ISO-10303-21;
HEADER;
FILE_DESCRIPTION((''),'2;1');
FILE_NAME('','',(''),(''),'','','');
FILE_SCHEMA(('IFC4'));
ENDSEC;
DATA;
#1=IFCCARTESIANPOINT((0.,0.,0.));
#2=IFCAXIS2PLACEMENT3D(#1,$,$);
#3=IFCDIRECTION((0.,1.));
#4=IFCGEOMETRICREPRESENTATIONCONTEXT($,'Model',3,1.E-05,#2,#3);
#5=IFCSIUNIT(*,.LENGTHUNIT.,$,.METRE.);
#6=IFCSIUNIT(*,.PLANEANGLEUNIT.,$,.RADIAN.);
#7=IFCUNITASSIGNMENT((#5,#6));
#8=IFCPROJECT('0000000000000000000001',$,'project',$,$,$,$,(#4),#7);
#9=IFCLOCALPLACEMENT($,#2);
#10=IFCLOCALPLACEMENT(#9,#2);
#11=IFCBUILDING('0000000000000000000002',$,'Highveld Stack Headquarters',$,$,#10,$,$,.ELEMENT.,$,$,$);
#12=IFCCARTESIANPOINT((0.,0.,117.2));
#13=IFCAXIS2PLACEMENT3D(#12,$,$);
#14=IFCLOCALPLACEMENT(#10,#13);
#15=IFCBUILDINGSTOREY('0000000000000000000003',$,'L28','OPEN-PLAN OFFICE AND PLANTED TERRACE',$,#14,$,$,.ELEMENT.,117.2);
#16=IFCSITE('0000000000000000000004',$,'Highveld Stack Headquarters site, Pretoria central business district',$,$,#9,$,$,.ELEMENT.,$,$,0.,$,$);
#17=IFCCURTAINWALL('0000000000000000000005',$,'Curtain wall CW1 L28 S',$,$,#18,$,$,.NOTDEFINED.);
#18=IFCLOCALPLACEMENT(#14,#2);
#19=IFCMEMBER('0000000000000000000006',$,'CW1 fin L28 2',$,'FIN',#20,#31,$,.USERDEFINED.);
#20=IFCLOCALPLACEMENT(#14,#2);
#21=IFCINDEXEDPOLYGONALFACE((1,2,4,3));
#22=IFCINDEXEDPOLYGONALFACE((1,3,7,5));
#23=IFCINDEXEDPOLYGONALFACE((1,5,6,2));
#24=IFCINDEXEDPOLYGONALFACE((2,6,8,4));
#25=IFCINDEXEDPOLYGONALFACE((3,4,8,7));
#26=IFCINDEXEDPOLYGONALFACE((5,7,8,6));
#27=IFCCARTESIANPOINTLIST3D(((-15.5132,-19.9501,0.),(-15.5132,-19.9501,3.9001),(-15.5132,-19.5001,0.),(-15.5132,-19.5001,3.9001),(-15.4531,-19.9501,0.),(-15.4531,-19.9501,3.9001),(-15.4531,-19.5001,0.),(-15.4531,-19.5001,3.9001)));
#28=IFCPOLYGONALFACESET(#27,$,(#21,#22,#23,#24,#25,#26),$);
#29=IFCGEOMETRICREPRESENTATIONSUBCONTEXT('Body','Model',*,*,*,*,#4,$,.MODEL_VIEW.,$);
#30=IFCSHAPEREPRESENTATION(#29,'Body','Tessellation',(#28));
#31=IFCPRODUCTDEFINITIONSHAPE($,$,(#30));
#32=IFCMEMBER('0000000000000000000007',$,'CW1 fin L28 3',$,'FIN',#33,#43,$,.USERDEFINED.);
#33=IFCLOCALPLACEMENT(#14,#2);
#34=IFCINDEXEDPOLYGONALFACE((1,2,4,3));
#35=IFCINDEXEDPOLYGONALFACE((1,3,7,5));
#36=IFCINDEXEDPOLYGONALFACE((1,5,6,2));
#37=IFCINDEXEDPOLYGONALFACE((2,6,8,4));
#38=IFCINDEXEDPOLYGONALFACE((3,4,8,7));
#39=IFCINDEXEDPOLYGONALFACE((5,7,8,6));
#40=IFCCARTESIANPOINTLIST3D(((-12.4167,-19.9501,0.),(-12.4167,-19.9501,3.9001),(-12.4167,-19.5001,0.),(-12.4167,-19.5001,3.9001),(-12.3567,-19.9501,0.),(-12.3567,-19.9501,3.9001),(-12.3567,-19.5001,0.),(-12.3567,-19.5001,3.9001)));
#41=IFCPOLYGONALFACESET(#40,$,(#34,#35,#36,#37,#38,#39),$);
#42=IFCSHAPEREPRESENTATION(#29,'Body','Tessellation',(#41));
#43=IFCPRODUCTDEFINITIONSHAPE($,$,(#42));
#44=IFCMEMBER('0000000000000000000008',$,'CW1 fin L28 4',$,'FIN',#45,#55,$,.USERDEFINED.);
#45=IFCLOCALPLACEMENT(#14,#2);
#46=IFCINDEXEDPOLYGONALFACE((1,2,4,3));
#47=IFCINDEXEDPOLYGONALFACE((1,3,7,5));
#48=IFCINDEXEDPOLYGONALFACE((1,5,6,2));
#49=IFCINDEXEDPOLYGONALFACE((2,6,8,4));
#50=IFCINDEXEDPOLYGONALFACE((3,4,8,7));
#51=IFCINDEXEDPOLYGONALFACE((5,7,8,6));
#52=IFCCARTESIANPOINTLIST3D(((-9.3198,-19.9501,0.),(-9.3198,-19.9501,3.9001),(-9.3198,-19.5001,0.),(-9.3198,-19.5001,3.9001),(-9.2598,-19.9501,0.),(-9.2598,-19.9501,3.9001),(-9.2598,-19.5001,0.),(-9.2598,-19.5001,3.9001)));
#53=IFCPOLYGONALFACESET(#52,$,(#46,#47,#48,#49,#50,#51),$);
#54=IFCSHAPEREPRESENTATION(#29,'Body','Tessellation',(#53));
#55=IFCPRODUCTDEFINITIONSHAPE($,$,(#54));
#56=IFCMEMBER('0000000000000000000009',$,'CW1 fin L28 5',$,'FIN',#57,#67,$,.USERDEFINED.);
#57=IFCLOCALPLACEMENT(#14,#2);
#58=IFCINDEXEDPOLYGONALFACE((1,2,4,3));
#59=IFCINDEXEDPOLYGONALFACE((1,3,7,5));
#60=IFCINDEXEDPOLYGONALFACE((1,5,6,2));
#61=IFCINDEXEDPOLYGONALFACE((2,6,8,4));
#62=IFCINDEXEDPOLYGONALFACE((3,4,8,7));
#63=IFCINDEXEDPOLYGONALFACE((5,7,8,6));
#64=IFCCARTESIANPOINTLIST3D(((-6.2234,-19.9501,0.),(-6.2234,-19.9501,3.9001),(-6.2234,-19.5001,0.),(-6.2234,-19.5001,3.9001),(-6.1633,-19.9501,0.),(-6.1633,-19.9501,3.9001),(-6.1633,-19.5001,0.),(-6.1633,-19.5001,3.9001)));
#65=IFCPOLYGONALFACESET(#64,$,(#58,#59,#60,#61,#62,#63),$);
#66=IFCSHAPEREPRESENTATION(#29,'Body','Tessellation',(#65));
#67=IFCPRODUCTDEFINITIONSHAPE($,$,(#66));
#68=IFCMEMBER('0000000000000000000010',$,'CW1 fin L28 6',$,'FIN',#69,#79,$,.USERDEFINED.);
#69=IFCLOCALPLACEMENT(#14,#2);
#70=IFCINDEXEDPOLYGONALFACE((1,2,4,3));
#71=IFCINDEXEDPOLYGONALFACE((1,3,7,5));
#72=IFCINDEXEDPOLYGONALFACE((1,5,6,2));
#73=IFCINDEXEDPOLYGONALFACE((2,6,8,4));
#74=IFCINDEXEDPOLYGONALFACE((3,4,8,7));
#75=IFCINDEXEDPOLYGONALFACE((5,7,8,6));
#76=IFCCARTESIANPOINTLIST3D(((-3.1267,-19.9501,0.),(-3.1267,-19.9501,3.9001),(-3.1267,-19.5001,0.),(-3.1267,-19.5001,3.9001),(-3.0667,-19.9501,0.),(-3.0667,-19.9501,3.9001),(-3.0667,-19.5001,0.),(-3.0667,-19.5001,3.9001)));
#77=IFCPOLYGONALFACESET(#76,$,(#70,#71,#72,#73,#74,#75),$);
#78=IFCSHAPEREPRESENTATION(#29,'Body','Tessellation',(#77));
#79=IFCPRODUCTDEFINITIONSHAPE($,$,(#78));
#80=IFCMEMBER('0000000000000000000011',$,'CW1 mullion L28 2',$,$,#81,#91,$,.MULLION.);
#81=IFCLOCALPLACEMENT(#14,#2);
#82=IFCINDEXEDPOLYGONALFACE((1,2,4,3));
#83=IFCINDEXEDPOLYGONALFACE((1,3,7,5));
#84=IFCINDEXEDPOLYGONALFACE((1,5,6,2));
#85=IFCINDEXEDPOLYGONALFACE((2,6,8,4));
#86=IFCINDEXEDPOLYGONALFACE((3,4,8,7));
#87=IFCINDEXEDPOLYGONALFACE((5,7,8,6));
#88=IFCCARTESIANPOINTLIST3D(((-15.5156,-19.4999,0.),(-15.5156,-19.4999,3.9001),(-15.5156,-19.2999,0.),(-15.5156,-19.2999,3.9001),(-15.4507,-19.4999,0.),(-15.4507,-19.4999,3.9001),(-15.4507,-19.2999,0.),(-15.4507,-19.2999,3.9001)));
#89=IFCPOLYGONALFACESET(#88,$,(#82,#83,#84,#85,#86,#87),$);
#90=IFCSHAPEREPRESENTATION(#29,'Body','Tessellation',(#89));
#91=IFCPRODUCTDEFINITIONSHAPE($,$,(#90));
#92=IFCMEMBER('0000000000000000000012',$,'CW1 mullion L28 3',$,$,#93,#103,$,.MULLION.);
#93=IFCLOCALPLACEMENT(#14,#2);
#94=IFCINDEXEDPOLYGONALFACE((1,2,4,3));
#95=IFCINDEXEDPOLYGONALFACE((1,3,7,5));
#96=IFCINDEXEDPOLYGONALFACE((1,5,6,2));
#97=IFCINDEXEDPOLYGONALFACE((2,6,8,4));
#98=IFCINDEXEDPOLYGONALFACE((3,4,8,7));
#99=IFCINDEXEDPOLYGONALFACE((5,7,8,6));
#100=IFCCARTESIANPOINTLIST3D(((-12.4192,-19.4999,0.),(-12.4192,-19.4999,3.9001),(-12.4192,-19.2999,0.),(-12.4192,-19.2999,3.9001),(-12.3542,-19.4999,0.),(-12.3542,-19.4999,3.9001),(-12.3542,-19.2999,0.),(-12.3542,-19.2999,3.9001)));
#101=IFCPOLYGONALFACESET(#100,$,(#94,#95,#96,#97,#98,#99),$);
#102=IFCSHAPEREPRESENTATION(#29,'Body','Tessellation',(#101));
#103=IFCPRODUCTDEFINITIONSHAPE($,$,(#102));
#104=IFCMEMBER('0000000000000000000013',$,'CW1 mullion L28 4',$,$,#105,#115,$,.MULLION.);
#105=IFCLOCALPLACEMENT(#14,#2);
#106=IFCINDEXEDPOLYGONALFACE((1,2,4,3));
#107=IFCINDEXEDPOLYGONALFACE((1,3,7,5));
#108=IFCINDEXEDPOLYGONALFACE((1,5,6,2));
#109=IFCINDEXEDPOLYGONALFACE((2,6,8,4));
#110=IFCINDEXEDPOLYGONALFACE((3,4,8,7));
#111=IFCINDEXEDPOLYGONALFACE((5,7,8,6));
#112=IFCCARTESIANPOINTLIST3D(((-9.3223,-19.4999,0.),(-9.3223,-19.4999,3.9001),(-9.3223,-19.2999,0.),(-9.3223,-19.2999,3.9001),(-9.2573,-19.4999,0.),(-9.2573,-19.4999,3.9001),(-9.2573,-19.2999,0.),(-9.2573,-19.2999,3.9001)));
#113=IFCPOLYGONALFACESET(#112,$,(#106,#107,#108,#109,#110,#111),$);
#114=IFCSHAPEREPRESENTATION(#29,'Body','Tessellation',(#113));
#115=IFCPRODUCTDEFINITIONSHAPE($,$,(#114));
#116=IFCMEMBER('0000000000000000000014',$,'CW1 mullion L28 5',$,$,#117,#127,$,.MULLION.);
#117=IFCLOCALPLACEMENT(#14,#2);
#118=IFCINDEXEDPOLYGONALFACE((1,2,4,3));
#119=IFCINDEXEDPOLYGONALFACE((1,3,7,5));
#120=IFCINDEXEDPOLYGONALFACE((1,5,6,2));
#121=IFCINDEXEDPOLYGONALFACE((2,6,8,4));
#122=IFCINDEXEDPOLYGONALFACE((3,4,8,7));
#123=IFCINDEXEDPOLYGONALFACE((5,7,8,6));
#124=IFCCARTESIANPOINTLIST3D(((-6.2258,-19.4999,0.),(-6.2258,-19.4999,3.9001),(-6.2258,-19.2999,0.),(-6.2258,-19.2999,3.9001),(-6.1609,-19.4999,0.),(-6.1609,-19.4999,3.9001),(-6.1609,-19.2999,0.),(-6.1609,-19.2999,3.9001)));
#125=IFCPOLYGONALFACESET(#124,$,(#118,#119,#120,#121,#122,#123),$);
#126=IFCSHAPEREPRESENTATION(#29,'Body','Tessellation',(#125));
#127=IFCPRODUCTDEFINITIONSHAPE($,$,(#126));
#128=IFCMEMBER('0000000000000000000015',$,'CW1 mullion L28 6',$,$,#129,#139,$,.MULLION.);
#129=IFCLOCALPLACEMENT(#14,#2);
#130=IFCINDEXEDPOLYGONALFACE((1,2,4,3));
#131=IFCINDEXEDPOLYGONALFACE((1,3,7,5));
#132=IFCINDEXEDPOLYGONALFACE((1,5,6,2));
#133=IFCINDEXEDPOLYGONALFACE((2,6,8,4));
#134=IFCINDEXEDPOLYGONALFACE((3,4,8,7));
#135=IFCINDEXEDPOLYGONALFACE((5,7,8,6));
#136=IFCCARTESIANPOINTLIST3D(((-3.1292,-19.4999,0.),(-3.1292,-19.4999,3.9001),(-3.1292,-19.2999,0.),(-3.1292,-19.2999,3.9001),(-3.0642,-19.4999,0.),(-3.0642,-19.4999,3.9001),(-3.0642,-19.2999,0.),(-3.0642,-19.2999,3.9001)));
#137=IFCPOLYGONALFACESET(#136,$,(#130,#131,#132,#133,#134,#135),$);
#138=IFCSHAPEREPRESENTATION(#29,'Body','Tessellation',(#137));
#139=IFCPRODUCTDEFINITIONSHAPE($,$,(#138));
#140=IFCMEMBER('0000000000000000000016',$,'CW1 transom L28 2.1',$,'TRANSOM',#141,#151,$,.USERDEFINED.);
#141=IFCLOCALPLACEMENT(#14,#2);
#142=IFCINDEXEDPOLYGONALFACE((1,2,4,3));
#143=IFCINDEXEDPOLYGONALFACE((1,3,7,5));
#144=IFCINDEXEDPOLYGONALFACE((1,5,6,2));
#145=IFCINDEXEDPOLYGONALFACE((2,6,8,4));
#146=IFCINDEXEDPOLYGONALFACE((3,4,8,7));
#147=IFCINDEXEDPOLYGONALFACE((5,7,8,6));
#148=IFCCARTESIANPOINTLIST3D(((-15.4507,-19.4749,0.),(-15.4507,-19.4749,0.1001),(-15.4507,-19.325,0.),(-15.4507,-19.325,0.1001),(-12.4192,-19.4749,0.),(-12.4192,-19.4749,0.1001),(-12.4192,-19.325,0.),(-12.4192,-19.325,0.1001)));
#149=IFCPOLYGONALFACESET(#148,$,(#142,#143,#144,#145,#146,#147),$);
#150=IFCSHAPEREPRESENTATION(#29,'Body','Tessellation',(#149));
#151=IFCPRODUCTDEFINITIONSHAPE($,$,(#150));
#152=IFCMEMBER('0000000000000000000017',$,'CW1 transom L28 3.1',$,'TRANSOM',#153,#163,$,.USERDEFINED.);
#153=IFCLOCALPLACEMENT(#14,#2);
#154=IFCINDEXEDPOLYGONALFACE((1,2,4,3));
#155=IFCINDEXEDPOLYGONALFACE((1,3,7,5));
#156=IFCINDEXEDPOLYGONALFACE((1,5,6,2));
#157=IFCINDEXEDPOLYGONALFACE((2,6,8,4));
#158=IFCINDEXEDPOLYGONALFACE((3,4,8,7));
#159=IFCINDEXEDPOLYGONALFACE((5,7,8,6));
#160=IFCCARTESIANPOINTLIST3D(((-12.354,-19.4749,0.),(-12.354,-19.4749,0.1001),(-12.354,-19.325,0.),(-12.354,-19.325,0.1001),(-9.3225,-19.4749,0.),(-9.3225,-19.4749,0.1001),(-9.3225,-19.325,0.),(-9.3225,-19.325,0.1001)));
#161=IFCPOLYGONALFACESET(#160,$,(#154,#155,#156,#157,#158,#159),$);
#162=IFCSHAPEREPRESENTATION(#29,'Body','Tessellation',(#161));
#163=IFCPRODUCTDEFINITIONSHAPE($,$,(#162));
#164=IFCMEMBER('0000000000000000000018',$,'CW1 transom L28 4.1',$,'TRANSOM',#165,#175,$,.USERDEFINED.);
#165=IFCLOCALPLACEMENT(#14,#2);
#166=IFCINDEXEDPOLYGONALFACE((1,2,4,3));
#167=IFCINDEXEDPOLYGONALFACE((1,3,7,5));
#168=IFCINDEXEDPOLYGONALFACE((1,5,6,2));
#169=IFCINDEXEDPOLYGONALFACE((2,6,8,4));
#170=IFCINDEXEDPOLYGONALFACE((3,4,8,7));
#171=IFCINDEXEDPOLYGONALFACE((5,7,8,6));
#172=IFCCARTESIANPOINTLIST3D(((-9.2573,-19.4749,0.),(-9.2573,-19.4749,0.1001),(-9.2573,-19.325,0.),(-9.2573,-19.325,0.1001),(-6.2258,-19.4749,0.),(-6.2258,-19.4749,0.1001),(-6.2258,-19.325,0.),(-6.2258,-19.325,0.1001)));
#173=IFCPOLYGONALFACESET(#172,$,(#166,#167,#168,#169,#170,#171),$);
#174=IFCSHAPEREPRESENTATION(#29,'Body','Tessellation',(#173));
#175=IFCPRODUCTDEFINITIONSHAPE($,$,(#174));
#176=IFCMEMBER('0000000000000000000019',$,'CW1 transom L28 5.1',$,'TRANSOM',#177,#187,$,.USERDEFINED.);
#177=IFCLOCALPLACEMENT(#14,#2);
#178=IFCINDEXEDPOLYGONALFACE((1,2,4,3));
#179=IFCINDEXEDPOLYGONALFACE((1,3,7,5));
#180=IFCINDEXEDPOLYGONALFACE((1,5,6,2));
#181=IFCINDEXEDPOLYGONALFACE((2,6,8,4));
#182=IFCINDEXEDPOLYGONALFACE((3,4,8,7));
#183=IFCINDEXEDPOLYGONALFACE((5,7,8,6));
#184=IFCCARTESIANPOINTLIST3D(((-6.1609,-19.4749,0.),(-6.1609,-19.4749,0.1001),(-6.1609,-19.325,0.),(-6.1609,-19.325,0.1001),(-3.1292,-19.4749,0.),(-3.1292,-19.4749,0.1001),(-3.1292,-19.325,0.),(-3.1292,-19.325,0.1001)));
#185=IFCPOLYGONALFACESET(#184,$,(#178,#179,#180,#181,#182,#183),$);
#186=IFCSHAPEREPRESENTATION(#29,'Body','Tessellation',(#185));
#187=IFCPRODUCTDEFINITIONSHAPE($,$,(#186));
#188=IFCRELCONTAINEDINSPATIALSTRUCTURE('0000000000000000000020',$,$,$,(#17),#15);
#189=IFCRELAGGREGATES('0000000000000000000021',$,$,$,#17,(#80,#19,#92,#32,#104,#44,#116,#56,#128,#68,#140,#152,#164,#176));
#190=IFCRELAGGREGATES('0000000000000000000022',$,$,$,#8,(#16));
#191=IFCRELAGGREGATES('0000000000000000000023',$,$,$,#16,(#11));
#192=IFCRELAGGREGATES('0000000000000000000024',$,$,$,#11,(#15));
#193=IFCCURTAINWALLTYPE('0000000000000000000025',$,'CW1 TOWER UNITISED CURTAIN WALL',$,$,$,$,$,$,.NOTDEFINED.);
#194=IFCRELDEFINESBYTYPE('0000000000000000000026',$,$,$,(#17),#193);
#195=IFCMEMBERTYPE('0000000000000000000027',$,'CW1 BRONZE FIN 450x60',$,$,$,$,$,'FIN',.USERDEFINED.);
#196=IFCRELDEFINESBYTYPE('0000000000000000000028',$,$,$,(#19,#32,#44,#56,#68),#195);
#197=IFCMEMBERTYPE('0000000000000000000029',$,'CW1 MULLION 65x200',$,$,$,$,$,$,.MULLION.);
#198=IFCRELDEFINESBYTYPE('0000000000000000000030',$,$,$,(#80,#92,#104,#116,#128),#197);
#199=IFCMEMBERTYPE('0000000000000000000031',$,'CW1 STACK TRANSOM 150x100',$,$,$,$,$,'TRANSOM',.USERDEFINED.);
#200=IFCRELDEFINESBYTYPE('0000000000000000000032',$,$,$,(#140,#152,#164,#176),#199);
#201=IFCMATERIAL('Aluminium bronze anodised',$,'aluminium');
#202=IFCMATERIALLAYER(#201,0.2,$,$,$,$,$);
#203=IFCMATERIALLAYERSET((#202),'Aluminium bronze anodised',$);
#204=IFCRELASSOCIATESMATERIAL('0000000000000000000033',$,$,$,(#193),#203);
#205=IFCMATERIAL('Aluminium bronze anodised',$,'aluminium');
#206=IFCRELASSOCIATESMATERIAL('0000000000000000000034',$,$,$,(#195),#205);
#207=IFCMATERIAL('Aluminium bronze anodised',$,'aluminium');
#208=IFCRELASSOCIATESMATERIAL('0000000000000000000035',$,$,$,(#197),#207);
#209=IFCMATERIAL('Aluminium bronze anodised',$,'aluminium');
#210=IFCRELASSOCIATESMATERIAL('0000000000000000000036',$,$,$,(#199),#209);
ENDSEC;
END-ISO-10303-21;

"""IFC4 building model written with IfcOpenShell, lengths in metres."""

from ifc_helpers import new_model, si_unit, direction, frame, origin, origin_2d, place, context, subcontext, project, spatial, rectangle, extrude, material, layer, layer_set, material_profile, profile_set, type_object, element, aggregate, save


model = new_model("IFC4")

# Units and contexts
model_context = context("Model", 3, precision=1e-05, world=origin(), true_north=direction((0.0, 1.0)))
body_context = subcontext(model_context, "Body", "Model", "MODEL_VIEW")
ifc_project = project(units=[si_unit("LENGTHUNIT", "METRE"), si_unit("PLANEANGLEUNIT", "RADIAN")], contexts=[model_context])

# Site, building, storey
site_placement = place(None, origin())
site = spatial("IfcSite", under=ifc_project, at=site_placement, Name="Highveld Stack Headquarters site, Pretoria central business district", CompositionType="ELEMENT", RefElevation=0.0)
building_placement = place(site_placement, origin())
building = spatial("IfcBuilding", under=site, at=building_placement, Name="Highveld Stack Headquarters", CompositionType="ELEMENT")
storey_placement = place(building_placement, frame((0.0, 0.0, 117.2)))
storey = spatial("IfcBuildingStorey", under=building, at=storey_placement, Name="L28", Description="OPEN-PLAN OFFICE AND PLANTED TERRACE", CompositionType="ELEMENT", Elevation=117.2)

# Curtain wall, members
ifc_material_1 = material(Name="Aluminium bronze anodised", Category="aluminium")
ifc_layer_1 = layer(ifc_material_1, 0.2)
ifc_layer_set_1 = layer_set([ifc_layer_1], Name="Aluminium bronze anodised")
curtain_wall_type = type_object("IfcCurtainWallType", Name="CW1 TOWER UNITISED CURTAIN WALL", PredefinedType="NOTDEFINED", material=ifc_layer_set_1)
curtain_wall_placement = place(storey_placement, origin())
curtain_wall = element("IfcCurtainWall", 1, at=curtain_wall_placement, inside=storey, type_object=curtain_wall_type, Name="Curtain wall CW1 L28 S", PredefinedType="NOTDEFINED")
ifc_material_2 = material(Name="Aluminium bronze anodised", Category="aluminium")
ifc_material_profile_1 = material_profile(ifc_material_2, rectangle(XDim=0.45, YDim=0.0601, at=origin_2d()), Name="FIN 450x60")
ifc_profile_set_1 = profile_set([ifc_material_profile_1], Name="Aluminium bronze anodised")
member_type_1 = type_object("IfcMemberType", Name="CW1 BRONZE FIN 450x60", ElementType="FIN", PredefinedType="USERDEFINED", material=ifc_profile_set_1)
member_1_placement = place(storey_placement, frame((-15.4832, -19.7251, 0.0), z_axis=(0.0, 0.0, 1.0), x_axis=(0.0, 1.0, 0.0)))
member_1 = element("IfcMember", 2, at=member_1_placement, type_object=member_type_1, Name="CW1 fin L28 2", ObjectType="FIN", PredefinedType="USERDEFINED", context=body_context, shape_type="SweptSolid", body=[
    extrude(rectangle(XDim=0.45, YDim=0.0601, at=origin_2d()), origin(), (0.0, 0.0, 1.0), 3.9001),
])
member_2_placement = place(storey_placement, frame((-12.3867, -19.7251, 0.0), z_axis=(0.0, 0.0, 1.0), x_axis=(0.0, 1.0, 0.0)))
member_2 = element("IfcMember", 3, at=member_2_placement, type_object=member_type_1, Name="CW1 fin L28 3", ObjectType="FIN", PredefinedType="USERDEFINED", context=body_context, shape_type="SweptSolid", body=[
    extrude(rectangle(XDim=0.45, YDim=0.0601, at=origin_2d()), origin(), (0.0, 0.0, 1.0), 3.9001),
])
member_3_placement = place(storey_placement, frame((-9.2898, -19.7251, 0.0), z_axis=(0.0, 0.0, 1.0), x_axis=(0.0, 1.0, 0.0)))
member_3 = element("IfcMember", 4, at=member_3_placement, type_object=member_type_1, Name="CW1 fin L28 4", ObjectType="FIN", PredefinedType="USERDEFINED", context=body_context, shape_type="SweptSolid", body=[
    extrude(rectangle(XDim=0.45, YDim=0.0601, at=origin_2d()), origin(), (0.0, 0.0, 1.0), 3.9001),
])
member_4_placement = place(storey_placement, frame((-6.1934, -19.7251, 0.0), z_axis=(0.0, 0.0, 1.0), x_axis=(0.0, 1.0, 0.0)))
member_4 = element("IfcMember", 5, at=member_4_placement, type_object=member_type_1, Name="CW1 fin L28 5", ObjectType="FIN", PredefinedType="USERDEFINED", context=body_context, shape_type="SweptSolid", body=[
    extrude(rectangle(XDim=0.45, YDim=0.0601, at=origin_2d()), origin(), (0.0, 0.0, 1.0), 3.9001),
])
member_5_placement = place(storey_placement, frame((-3.0967, -19.7251, 0.0), z_axis=(0.0, 0.0, 1.0), x_axis=(0.0, 1.0, 0.0)))
member_5 = element("IfcMember", 6, at=member_5_placement, type_object=member_type_1, Name="CW1 fin L28 6", ObjectType="FIN", PredefinedType="USERDEFINED", context=body_context, shape_type="SweptSolid", body=[
    extrude(rectangle(XDim=0.45, YDim=0.0601, at=origin_2d()), origin(), (0.0, 0.0, 1.0), 3.9001),
])
ifc_material_3 = material(Name="Aluminium bronze anodised", Category="aluminium")
ifc_material_profile_2 = material_profile(ifc_material_3, rectangle(XDim=0.2, YDim=0.0649, at=origin_2d()), Name="CW1 MULLION 65x200")
ifc_profile_set_2 = profile_set([ifc_material_profile_2], Name="Aluminium bronze anodised")
member_type_2 = type_object("IfcMemberType", Name="CW1 MULLION 65x200", PredefinedType="MULLION", material=ifc_profile_set_2)
member_6_placement = place(storey_placement, frame((-15.4832, -19.3999, 0.0), z_axis=(0.0, 0.0, 1.0), x_axis=(0.0, 1.0, 0.0)))
member_6 = element("IfcMember", 7, at=member_6_placement, type_object=member_type_2, Name="CW1 mullion L28 2", PredefinedType="MULLION", context=body_context, shape_type="SweptSolid", body=[
    extrude(rectangle(XDim=0.2, YDim=0.0649, at=origin_2d()), origin(), (0.0, 0.0, 1.0), 3.9001),
])
member_7_placement = place(storey_placement, frame((-12.3867, -19.3999, 0.0), z_axis=(0.0, 0.0, 1.0), x_axis=(0.0, 1.0, 0.0)))
member_7 = element("IfcMember", 8, at=member_7_placement, type_object=member_type_2, Name="CW1 mullion L28 3", PredefinedType="MULLION", context=body_context, shape_type="SweptSolid", body=[
    extrude(rectangle(XDim=0.2, YDim=0.0649, at=origin_2d()), origin(), (0.0, 0.0, 1.0), 3.9001),
])
member_8_placement = place(storey_placement, frame((-9.2898, -19.3999, 0.0), z_axis=(0.0, 0.0, 1.0), x_axis=(0.0, 1.0, 0.0)))
member_8 = element("IfcMember", 9, at=member_8_placement, type_object=member_type_2, Name="CW1 mullion L28 4", PredefinedType="MULLION", context=body_context, shape_type="SweptSolid", body=[
    extrude(rectangle(XDim=0.2, YDim=0.0649, at=origin_2d()), origin(), (0.0, 0.0, 1.0), 3.9001),
])
member_9_placement = place(storey_placement, frame((-6.1934, -19.3999, 0.0), z_axis=(0.0, 0.0, 1.0), x_axis=(0.0, 1.0, 0.0)))
member_9 = element("IfcMember", 10, at=member_9_placement, type_object=member_type_2, Name="CW1 mullion L28 5", PredefinedType="MULLION", context=body_context, shape_type="SweptSolid", body=[
    extrude(rectangle(XDim=0.2, YDim=0.0649, at=origin_2d()), origin(), (0.0, 0.0, 1.0), 3.9001),
])
member_10_placement = place(storey_placement, frame((-3.0967, -19.3999, 0.0), z_axis=(0.0, 0.0, 1.0), x_axis=(0.0, 1.0, 0.0)))
member_10 = element("IfcMember", 11, at=member_10_placement, type_object=member_type_2, Name="CW1 mullion L28 6", PredefinedType="MULLION", context=body_context, shape_type="SweptSolid", body=[
    extrude(rectangle(XDim=0.2, YDim=0.0649, at=origin_2d()), origin(), (0.0, 0.0, 1.0), 3.9001),
])
ifc_material_4 = material(Name="Aluminium bronze anodised", Category="aluminium")
ifc_material_profile_3 = material_profile(ifc_material_4, rectangle(XDim=0.1499, YDim=0.1001, at=origin_2d()), Name="CW1 TRANSOM 150x100")
ifc_profile_set_3 = profile_set([ifc_material_profile_3], Name="Aluminium bronze anodised")
member_type_3 = type_object("IfcMemberType", Name="CW1 STACK TRANSOM 150x100", ElementType="TRANSOM", PredefinedType="USERDEFINED", material=ifc_profile_set_3)
member_11_placement = place(storey_placement, frame((-15.4507, -19.3999, 0.05), z_axis=(1.0, 0.0, 0.0), x_axis=(0.0, 1.0, 0.0)))
member_11 = element("IfcMember", 12, at=member_11_placement, type_object=member_type_3, Name="CW1 transom L28 2.1", ObjectType="TRANSOM", PredefinedType="USERDEFINED", context=body_context, shape_type="SweptSolid", body=[
    extrude(rectangle(XDim=0.1499, YDim=0.1001, at=origin_2d()), origin(), (0.0, 0.0, 1.0), 3.0315),
])
member_12_placement = place(storey_placement, frame((-12.354, -19.3999, 0.05), z_axis=(1.0, 0.0, 0.0), x_axis=(0.0, 1.0, 0.0)))
member_12 = element("IfcMember", 13, at=member_12_placement, type_object=member_type_3, Name="CW1 transom L28 3.1", ObjectType="TRANSOM", PredefinedType="USERDEFINED", context=body_context, shape_type="SweptSolid", body=[
    extrude(rectangle(XDim=0.1499, YDim=0.1001, at=origin_2d()), origin(), (0.0, 0.0, 1.0), 3.0315),
])
member_13_placement = place(storey_placement, frame((-9.2573, -19.3999, 0.05), z_axis=(1.0, 0.0, 0.0), x_axis=(0.0, 1.0, 0.0)))
member_13 = element("IfcMember", 14, at=member_13_placement, type_object=member_type_3, Name="CW1 transom L28 4.1", ObjectType="TRANSOM", PredefinedType="USERDEFINED", context=body_context, shape_type="SweptSolid", body=[
    extrude(rectangle(XDim=0.1499, YDim=0.1001, at=origin_2d()), origin(), (0.0, 0.0, 1.0), 3.0315),
])
member_14_placement = place(storey_placement, frame((-6.1609, -19.3999, 0.05), z_axis=(1.0, 0.0, 0.0), x_axis=(0.0, 1.0, 0.0)))
member_14 = element("IfcMember", 15, at=member_14_placement, type_object=member_type_3, Name="CW1 transom L28 5.1", ObjectType="TRANSOM", PredefinedType="USERDEFINED", context=body_context, shape_type="SweptSolid", body=[
    extrude(rectangle(XDim=0.1499, YDim=0.1001, at=origin_2d()), origin(), (0.0, 0.0, 1.0), 3.0317),
])
aggregate(curtain_wall, [member_6, member_1, member_7, member_2, member_8, member_3, member_9, member_4, member_10, member_5, member_11, member_12, member_13, member_14])

save(model, "model.ifc")
